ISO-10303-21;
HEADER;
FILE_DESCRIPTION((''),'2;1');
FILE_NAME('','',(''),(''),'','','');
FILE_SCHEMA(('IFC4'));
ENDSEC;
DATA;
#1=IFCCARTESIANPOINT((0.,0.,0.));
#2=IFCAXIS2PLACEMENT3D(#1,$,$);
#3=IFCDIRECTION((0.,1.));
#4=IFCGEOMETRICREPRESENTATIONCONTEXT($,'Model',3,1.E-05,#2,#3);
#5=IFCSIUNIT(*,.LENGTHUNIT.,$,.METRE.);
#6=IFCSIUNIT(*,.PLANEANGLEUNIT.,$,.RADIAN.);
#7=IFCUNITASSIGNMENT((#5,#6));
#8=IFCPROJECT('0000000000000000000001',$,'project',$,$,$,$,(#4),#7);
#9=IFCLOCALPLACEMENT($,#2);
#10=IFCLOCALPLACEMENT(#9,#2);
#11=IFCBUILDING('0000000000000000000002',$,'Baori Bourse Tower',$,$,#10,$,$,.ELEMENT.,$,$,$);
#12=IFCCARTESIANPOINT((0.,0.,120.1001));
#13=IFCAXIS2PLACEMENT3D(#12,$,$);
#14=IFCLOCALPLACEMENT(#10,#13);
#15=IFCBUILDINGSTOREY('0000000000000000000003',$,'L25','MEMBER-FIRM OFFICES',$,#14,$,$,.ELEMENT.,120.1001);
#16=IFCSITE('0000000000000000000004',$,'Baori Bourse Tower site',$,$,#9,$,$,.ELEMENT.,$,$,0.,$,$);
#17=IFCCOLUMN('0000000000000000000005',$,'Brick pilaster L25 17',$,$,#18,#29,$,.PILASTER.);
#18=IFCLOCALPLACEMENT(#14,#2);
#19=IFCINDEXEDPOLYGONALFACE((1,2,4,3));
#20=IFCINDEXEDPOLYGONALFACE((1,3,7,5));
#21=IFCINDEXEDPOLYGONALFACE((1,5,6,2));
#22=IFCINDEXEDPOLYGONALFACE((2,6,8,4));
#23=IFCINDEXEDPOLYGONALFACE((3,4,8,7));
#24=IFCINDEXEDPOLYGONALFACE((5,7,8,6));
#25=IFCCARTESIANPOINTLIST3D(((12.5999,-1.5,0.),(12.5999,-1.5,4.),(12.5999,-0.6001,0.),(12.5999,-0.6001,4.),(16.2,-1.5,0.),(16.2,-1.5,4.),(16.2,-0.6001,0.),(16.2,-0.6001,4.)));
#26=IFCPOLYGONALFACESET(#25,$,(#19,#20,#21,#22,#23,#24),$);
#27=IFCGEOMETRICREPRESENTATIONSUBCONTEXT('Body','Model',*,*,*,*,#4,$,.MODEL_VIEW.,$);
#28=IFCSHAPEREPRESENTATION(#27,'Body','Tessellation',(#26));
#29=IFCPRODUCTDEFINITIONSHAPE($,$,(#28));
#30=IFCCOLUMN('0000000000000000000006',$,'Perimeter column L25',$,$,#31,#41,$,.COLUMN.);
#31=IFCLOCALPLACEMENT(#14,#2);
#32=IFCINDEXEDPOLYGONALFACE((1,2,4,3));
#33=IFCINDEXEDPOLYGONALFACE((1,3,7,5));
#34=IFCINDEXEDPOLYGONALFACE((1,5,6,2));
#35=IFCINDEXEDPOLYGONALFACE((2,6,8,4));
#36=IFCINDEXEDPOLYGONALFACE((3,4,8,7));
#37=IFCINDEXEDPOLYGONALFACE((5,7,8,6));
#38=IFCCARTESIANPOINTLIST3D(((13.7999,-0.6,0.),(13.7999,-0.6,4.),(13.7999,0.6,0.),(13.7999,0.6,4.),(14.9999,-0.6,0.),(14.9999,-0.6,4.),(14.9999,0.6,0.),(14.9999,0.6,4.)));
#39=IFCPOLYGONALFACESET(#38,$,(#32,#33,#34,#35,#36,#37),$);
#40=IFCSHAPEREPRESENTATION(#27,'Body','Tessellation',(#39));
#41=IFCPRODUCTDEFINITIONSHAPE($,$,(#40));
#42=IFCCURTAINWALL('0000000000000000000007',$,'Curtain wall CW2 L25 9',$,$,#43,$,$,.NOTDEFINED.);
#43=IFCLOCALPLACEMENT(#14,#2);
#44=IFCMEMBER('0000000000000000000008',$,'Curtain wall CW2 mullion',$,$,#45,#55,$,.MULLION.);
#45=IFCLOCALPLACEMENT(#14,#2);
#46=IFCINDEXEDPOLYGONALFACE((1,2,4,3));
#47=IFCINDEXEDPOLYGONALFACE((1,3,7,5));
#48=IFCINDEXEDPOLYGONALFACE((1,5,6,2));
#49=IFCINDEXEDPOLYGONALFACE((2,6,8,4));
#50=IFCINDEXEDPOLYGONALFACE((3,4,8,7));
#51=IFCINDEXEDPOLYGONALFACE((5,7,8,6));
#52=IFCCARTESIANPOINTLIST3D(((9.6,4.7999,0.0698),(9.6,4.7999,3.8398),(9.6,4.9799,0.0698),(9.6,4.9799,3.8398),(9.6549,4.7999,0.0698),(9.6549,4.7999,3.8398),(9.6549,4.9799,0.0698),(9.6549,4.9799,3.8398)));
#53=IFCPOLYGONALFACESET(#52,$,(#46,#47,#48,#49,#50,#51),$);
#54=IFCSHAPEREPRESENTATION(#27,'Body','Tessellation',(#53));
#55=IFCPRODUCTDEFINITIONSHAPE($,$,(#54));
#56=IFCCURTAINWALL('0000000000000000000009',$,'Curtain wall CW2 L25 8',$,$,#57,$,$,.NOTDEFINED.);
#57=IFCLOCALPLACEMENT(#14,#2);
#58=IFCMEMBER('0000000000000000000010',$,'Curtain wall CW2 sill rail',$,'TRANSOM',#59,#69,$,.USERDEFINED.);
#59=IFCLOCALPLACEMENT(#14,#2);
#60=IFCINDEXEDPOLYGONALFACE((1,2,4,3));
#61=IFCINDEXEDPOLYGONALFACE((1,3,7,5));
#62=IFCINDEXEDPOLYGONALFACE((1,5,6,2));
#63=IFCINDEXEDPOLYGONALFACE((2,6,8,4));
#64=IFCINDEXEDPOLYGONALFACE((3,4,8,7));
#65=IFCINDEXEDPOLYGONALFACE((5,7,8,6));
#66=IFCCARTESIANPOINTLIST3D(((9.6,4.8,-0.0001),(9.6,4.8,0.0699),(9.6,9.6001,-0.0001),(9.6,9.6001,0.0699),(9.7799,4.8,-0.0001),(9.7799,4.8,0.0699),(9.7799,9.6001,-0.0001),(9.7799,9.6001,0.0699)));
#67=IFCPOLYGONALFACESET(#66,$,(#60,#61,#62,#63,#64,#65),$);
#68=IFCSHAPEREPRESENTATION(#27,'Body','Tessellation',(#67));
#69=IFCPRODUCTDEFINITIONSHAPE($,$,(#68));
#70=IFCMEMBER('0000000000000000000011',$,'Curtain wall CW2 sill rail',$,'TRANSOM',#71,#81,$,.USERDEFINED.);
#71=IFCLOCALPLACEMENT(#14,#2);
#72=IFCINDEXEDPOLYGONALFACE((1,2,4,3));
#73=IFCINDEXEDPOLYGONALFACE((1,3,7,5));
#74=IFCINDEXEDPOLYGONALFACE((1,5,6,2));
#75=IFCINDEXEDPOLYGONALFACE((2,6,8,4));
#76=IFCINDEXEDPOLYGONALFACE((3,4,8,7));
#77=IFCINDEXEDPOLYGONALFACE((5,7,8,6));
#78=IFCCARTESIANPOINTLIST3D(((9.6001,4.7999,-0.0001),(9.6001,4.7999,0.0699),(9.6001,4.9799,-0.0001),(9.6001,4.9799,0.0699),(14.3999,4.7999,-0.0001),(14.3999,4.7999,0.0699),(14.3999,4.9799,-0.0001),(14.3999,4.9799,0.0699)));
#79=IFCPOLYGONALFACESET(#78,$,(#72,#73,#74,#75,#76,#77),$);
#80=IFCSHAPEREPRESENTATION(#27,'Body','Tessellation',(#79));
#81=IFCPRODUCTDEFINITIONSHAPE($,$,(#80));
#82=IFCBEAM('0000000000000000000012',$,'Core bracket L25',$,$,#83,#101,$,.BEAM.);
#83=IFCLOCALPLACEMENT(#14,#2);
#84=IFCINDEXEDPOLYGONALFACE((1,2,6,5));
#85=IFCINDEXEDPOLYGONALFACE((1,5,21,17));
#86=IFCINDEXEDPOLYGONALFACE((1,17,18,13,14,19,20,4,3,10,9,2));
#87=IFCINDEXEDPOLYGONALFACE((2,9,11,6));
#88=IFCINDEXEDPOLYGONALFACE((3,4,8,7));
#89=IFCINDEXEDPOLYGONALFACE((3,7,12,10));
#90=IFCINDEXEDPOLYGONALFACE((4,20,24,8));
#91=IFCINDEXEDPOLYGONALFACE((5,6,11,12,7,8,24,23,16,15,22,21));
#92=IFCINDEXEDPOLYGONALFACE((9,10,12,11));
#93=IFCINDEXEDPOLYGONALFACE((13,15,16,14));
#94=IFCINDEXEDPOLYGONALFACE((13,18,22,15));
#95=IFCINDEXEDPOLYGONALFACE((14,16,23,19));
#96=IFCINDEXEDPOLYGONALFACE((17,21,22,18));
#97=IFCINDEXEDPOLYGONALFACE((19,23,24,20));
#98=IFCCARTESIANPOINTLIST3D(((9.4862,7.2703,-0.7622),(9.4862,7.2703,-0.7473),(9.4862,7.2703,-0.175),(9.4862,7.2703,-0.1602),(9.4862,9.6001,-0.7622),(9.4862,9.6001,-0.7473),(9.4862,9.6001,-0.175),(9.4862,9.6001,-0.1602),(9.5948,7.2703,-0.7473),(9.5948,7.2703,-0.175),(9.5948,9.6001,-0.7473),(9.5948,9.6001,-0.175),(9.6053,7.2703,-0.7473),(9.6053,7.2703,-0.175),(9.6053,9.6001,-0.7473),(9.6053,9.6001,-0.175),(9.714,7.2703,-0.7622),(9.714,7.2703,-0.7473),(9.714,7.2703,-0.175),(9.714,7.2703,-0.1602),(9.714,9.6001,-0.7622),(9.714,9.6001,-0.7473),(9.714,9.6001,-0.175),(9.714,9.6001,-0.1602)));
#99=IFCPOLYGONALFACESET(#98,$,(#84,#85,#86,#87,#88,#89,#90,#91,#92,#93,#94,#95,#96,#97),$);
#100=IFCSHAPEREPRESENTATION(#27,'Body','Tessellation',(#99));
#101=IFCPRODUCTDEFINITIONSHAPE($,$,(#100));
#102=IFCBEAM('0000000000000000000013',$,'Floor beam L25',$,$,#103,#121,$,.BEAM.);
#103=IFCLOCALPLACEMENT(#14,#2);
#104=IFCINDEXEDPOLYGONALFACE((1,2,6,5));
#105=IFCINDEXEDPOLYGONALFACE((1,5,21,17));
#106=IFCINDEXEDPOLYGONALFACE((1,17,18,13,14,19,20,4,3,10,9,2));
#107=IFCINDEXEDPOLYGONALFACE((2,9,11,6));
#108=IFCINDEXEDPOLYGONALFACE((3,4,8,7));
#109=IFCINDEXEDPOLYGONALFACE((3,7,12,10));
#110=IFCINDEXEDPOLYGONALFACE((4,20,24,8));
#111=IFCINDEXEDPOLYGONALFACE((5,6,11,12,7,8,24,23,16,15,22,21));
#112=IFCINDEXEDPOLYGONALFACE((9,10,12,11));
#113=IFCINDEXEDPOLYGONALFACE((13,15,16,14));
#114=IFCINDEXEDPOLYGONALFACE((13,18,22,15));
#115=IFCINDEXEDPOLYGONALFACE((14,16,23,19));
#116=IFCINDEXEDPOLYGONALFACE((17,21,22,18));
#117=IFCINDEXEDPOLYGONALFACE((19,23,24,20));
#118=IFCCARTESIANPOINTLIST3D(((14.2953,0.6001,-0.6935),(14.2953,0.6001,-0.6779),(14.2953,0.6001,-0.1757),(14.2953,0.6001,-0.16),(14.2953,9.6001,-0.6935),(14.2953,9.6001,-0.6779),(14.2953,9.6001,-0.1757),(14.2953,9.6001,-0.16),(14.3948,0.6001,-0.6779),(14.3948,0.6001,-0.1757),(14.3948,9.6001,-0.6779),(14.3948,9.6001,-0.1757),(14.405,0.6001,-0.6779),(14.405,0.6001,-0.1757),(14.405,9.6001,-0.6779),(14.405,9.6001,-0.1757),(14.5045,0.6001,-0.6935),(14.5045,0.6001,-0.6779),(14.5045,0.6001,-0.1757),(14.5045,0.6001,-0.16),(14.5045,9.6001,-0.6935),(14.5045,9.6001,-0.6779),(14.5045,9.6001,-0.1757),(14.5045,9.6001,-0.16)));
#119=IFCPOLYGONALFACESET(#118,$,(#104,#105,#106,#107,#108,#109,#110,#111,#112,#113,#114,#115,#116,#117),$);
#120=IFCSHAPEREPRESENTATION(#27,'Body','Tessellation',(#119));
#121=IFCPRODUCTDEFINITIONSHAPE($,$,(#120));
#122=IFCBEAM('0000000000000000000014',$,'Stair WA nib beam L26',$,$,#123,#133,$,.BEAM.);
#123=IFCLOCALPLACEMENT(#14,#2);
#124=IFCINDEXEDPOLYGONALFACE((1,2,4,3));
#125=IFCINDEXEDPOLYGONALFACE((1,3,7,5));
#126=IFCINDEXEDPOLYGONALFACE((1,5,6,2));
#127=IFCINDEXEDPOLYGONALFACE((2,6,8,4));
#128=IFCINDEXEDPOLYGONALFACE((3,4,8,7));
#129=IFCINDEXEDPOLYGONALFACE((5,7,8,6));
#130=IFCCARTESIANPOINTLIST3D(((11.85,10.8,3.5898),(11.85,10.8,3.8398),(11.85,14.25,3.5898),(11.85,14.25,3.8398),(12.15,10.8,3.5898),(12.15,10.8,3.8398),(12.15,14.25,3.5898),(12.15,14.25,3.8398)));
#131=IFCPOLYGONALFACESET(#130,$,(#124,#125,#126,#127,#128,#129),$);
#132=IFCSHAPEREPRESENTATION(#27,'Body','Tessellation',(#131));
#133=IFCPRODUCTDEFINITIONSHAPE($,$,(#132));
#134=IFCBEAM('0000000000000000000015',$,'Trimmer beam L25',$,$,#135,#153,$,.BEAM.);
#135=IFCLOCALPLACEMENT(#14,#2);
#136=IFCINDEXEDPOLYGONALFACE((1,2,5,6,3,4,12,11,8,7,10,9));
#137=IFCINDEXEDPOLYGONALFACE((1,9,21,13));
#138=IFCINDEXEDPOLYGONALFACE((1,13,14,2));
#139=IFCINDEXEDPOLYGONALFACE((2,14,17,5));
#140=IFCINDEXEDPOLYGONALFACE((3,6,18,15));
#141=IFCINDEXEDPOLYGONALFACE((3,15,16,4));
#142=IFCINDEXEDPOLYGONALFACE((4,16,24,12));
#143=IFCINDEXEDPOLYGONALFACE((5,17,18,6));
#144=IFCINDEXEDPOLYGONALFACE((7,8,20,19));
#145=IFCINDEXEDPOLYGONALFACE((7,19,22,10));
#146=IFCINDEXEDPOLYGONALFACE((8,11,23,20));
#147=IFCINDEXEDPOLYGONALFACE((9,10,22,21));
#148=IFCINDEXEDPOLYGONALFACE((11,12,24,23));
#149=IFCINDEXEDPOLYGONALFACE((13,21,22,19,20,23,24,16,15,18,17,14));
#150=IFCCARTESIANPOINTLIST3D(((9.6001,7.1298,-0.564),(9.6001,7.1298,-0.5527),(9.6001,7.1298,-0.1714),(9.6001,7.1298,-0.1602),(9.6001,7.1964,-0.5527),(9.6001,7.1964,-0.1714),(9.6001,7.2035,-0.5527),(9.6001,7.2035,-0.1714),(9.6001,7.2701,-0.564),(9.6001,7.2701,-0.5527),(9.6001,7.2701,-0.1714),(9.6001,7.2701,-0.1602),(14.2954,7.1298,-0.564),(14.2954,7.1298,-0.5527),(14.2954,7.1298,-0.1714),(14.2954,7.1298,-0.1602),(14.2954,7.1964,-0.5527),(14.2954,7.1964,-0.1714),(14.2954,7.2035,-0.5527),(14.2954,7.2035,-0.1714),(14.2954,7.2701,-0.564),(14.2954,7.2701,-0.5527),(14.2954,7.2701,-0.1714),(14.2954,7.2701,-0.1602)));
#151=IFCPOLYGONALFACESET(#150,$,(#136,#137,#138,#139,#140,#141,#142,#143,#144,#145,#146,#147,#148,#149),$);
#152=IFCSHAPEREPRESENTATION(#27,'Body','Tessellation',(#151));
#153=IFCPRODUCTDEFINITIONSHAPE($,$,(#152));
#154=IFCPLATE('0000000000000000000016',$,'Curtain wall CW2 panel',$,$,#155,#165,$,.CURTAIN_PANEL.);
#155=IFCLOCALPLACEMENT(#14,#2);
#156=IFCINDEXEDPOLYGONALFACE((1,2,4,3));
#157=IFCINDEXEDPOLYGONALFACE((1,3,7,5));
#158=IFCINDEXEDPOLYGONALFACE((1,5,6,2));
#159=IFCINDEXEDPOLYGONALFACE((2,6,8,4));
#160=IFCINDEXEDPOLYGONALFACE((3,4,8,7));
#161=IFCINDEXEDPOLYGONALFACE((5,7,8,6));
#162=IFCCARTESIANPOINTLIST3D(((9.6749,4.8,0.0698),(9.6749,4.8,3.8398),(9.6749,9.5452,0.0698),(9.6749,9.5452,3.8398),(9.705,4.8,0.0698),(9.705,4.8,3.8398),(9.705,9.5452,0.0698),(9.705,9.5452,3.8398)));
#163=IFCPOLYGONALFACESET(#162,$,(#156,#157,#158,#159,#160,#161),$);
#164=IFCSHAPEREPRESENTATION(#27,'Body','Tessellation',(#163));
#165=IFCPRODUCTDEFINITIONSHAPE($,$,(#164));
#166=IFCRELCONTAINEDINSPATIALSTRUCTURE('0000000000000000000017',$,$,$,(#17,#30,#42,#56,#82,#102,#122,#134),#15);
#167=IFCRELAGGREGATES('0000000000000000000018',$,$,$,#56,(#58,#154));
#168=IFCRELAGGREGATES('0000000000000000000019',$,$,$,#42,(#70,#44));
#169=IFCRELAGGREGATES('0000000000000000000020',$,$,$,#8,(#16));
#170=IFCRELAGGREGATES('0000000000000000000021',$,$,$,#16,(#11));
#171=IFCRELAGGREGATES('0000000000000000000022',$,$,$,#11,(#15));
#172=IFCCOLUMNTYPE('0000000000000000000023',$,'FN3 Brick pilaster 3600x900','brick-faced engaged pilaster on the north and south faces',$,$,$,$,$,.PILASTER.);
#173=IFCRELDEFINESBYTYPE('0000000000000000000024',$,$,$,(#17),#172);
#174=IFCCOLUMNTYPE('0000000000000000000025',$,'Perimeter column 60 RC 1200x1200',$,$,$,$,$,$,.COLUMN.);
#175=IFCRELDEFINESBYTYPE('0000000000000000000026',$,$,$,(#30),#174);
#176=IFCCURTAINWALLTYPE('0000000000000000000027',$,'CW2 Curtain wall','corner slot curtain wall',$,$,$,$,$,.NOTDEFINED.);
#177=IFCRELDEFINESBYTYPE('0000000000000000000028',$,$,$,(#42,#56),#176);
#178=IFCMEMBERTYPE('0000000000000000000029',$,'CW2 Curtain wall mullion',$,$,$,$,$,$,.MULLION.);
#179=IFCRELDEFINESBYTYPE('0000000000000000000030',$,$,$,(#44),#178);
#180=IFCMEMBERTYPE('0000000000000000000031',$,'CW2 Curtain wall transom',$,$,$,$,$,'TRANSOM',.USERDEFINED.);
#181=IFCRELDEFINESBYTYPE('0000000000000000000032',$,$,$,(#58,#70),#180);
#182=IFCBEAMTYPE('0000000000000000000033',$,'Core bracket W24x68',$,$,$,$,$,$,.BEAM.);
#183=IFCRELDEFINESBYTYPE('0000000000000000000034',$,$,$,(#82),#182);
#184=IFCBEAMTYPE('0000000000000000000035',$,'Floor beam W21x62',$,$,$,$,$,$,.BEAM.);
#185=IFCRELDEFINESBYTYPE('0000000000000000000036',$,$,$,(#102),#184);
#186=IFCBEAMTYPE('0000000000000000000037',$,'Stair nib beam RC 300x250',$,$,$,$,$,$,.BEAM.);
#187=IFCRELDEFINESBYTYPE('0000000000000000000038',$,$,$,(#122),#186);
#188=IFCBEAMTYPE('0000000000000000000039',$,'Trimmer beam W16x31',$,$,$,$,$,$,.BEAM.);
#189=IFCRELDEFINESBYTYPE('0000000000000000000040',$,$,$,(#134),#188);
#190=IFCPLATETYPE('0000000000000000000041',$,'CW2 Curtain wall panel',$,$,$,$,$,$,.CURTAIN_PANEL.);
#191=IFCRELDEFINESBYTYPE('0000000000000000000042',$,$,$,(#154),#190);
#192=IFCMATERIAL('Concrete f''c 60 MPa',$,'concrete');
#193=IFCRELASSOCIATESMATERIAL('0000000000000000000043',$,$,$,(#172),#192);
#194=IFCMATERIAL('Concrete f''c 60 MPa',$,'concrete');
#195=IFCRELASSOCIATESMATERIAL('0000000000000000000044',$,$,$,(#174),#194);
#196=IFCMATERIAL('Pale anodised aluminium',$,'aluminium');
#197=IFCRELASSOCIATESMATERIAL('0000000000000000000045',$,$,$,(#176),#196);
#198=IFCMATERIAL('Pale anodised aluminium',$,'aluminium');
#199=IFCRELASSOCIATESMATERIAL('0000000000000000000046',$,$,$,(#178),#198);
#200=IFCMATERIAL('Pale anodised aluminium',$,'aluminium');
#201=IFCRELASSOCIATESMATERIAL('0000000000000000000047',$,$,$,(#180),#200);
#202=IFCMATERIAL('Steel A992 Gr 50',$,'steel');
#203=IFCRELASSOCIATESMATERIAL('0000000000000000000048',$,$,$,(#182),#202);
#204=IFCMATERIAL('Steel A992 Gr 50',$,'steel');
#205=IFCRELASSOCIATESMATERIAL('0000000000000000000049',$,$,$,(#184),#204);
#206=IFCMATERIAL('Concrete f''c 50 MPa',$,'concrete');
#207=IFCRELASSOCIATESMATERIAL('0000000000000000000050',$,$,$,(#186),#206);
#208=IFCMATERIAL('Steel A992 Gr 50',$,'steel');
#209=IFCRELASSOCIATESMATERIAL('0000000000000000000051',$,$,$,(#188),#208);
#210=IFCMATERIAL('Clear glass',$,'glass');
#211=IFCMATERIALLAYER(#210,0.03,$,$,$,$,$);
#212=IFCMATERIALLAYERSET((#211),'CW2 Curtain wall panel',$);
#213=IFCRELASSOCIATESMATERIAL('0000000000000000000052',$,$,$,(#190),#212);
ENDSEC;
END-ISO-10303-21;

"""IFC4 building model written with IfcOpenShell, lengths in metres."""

from ifc_helpers import new_model, si_unit, direction, frame, origin, origin_2d, place, context, subcontext, project, spatial, rectangle, i_section, extrude, material, layer, layer_set, material_profile, profile_set, type_object, element, aggregate, save


model = new_model("IFC4")

# Units and contexts
model_context = context("Model", 3, precision=1e-05, world=origin(), true_north=direction((0.0, 1.0)))
body_context = subcontext(model_context, "Body", "Model", "MODEL_VIEW")
ifc_project = project(units=[si_unit("LENGTHUNIT", "METRE"), si_unit("PLANEANGLEUNIT", "RADIAN")], contexts=[model_context])

# Site, building, storey
site_placement = place(None, origin())
site = spatial("IfcSite", under=ifc_project, at=site_placement, Name="Baori Bourse Tower site", CompositionType="ELEMENT", RefElevation=0.0)
building_placement = place(site_placement, origin())
building = spatial("IfcBuilding", under=site, at=building_placement, Name="Baori Bourse Tower", CompositionType="ELEMENT")
storey_placement = place(building_placement, frame((0.0, 0.0, 120.1001)))
storey = spatial("IfcBuildingStorey", under=building, at=storey_placement, Name="L25", Description="MEMBER-FIRM OFFICES", CompositionType="ELEMENT", Elevation=120.1001)

# Columns
ifc_material_1 = material(Name="Concrete f'c 60 MPa", Category="concrete")
ifc_material_profile_1 = material_profile(ifc_material_1, rectangle(XDim=3.6001, YDim=0.8999, at=origin_2d()), Name="RC 3600x900")
ifc_profile_set_1 = profile_set([ifc_material_profile_1], Name="Concrete f'c 60 MPa")
column_type_1 = type_object("IfcColumnType", Name="FN3 Brick pilaster 3600x900", Description="brick-faced engaged pilaster on the north and south faces", PredefinedType="PILASTER", material=ifc_profile_set_1)
column_1_placement = place(storey_placement, frame((14.3999, -1.05, 0.0), z_axis=(0.0, 0.0, 1.0), x_axis=(1.0, 0.0, 0.0)))
element("IfcColumn", 1, at=column_1_placement, inside=storey, type_object=column_type_1, Name="Brick pilaster L25 17", PredefinedType="PILASTER", context=body_context, shape_type="SweptSolid", body=[
    extrude(rectangle(XDim=3.6001, YDim=0.8999, at=origin_2d()), origin(), (0.0, 0.0, 1.0), 4.0),
])
ifc_material_2 = material(Name="Concrete f'c 60 MPa", Category="concrete")
ifc_material_profile_2 = material_profile(ifc_material_2, rectangle(XDim=1.2, YDim=1.2, at=origin_2d()), Name="RC 1200x1200")
ifc_profile_set_2 = profile_set([ifc_material_profile_2], Name="Concrete f'c 60 MPa")
column_type_2 = type_object("IfcColumnType", Name="Perimeter column 60 RC 1200x1200", PredefinedType="COLUMN", material=ifc_profile_set_2)
column_2_placement = place(storey_placement, frame((14.3999, 0.0, 0.0), z_axis=(0.0, 0.0, 1.0), x_axis=(1.0, 0.0, 0.0)))
element("IfcColumn", 2, at=column_2_placement, inside=storey, type_object=column_type_2, Name="Perimeter column L25", PredefinedType="COLUMN", context=body_context, shape_type="SweptSolid", body=[
    extrude(rectangle(XDim=1.2, YDim=1.2, at=origin_2d()), origin(), (0.0, 0.0, 1.0), 4.0),
])

# Curtain walls, members
ifc_material_3 = material(Name="Pale anodised aluminium", Category="aluminium")
curtain_wall_type = type_object("IfcCurtainWallType", Name="CW2 Curtain wall", Description="corner slot curtain wall", PredefinedType="NOTDEFINED", material=ifc_material_3)
curtain_wall_1_placement = place(storey_placement, origin())
curtain_wall_1 = element("IfcCurtainWall", 3, at=curtain_wall_1_placement, inside=storey, type_object=curtain_wall_type, Name="Curtain wall CW2 L25 9", PredefinedType="NOTDEFINED")
ifc_material_4 = material(Name="Pale anodised aluminium", Category="aluminium")
ifc_material_profile_3 = material_profile(ifc_material_4, rectangle(XDim=0.1799, YDim=0.0549, at=origin_2d()), Name="Mullion 55x180")
ifc_profile_set_3 = profile_set([ifc_material_profile_3], Name="Pale anodised aluminium")
member_type_1 = type_object("IfcMemberType", Name="CW2 Curtain wall mullion", PredefinedType="MULLION", material=ifc_profile_set_3)
member_1_placement = place(storey_placement, frame((9.6274, 4.8899, 0.0698), z_axis=(0.0, 0.0, 1.0), x_axis=(0.0, 1.0, 0.0)))
member_1 = element("IfcMember", 4, at=member_1_placement, type_object=member_type_1, Name="Curtain wall CW2 mullion", PredefinedType="MULLION", context=body_context, shape_type="SweptSolid", body=[
    extrude(rectangle(XDim=0.1799, YDim=0.0549, at=origin_2d()), origin(), (0.0, 0.0, 1.0), 3.77),
])
curtain_wall_2_placement = place(storey_placement, origin())
curtain_wall_2 = element("IfcCurtainWall", 5, at=curtain_wall_2_placement, inside=storey, type_object=curtain_wall_type, Name="Curtain wall CW2 L25 8", PredefinedType="NOTDEFINED")
ifc_material_5 = material(Name="Pale anodised aluminium", Category="aluminium")
ifc_material_profile_4 = material_profile(ifc_material_5, rectangle(XDim=0.1799, YDim=0.0701, at=origin_2d()), Name="Transom 70x180")
ifc_profile_set_4 = profile_set([ifc_material_profile_4], Name="Pale anodised aluminium")
member_type_2 = type_object("IfcMemberType", Name="CW2 Curtain wall transom", ElementType="TRANSOM", PredefinedType="USERDEFINED", material=ifc_profile_set_4)
member_2_placement = place(storey_placement, frame((9.6899, 9.6001, 0.0349), z_axis=(0.0, -1.0, 0.0), x_axis=(1.0, 0.0, 0.0)))
member_2 = element("IfcMember", 6, at=member_2_placement, type_object=member_type_2, Name="Curtain wall CW2 sill rail", ObjectType="TRANSOM", PredefinedType="USERDEFINED", context=body_context, shape_type="SweptSolid", body=[
    extrude(rectangle(XDim=0.1799, YDim=0.0701, at=origin_2d()), origin(), (0.0, 0.0, 1.0), 4.8),
])

# Member
member_3_placement = place(storey_placement, frame((9.6001, 4.8899, 0.0349), z_axis=(1.0, 0.0, 0.0), x_axis=(0.0, 1.0, 0.0)))
member_3 = element("IfcMember", 7, at=member_3_placement, type_object=member_type_2, Name="Curtain wall CW2 sill rail", ObjectType="TRANSOM", PredefinedType="USERDEFINED", context=body_context, shape_type="SweptSolid", body=[
    extrude(rectangle(XDim=0.1799, YDim=0.0701, at=origin_2d()), origin(), (0.0, 0.0, 1.0), 4.7998),
])

# Beams
ifc_material_6 = material(Name="Steel A992 Gr 50", Category="steel")
ifc_material_profile_5 = material_profile(ifc_material_6, i_section(OverallWidth=0.2278, OverallDepth=0.6021, WebThickness=0.0105, FlangeThickness=0.0149, at=origin_2d()), Name="W24x68")
ifc_profile_set_5 = profile_set([ifc_material_profile_5], Name="Steel A992 Gr 50")
beam_type_1 = type_object("IfcBeamType", Name="Core bracket W24x68", PredefinedType="BEAM", material=ifc_profile_set_5)
beam_1_placement = place(storey_placement, frame((9.6001, 7.2703, -0.4612), z_axis=(0.0, 1.0, 0.0), x_axis=(-1.0, 0.0, 0.0)))
element("IfcBeam", 8, at=beam_1_placement, inside=storey, type_object=beam_type_1, Name="Core bracket L25", PredefinedType="BEAM", context=body_context, shape_type="SweptSolid", body=[
    extrude(i_section(OverallWidth=0.2278, OverallDepth=0.6021, WebThickness=0.0105, FlangeThickness=0.0149, at=origin_2d()), origin(), (0.0, 0.0, 1.0), 2.3298),
])
ifc_material_7 = material(Name="Steel A992 Gr 50", Category="steel")
ifc_material_profile_6 = material_profile(ifc_material_7, i_section(OverallWidth=0.2092, OverallDepth=0.5334, WebThickness=0.0103, FlangeThickness=0.0156, at=origin_2d()), Name="W21x62")
ifc_profile_set_6 = profile_set([ifc_material_profile_6], Name="Steel A992 Gr 50")
beam_type_2 = type_object("IfcBeamType", Name="Floor beam W21x62", PredefinedType="BEAM", material=ifc_profile_set_6)
beam_2_placement = place(storey_placement, frame((14.3999, 0.6001, -0.4268), z_axis=(0.0, 1.0, 0.0), x_axis=(-1.0, 0.0, 0.0)))
element("IfcBeam", 9, at=beam_2_placement, inside=storey, type_object=beam_type_2, Name="Floor beam L25", PredefinedType="BEAM", context=body_context, shape_type="SweptSolid", body=[
    extrude(i_section(OverallWidth=0.2092, OverallDepth=0.5334, WebThickness=0.0103, FlangeThickness=0.0156, at=origin_2d()), origin(), (0.0, 0.0, 1.0), 9.0),
])
ifc_material_8 = material(Name="Concrete f'c 50 MPa", Category="concrete")
ifc_material_profile_7 = material_profile(ifc_material_8, rectangle(XDim=0.3, YDim=0.25, at=origin_2d()), Name="RC 300x250")
ifc_profile_set_7 = profile_set([ifc_material_profile_7], Name="Concrete f'c 50 MPa")
beam_type_3 = type_object("IfcBeamType", Name="Stair nib beam RC 300x250", PredefinedType="BEAM", material=ifc_profile_set_7)
beam_3_placement = place(storey_placement, frame((12.0, 10.8, 3.7148), z_axis=(0.0, 1.0, 0.0), x_axis=(-1.0, 0.0, 0.0)))
element("IfcBeam", 10, at=beam_3_placement, inside=storey, type_object=beam_type_3, Name="Stair WA nib beam L26", PredefinedType="BEAM", context=body_context, shape_type="SweptSolid", body=[
    extrude(rectangle(XDim=0.3, YDim=0.25, at=origin_2d()), origin(), (0.0, 0.0, 1.0), 3.45),
])
ifc_material_9 = material(Name="Steel A992 Gr 50", Category="steel")
ifc_material_profile_8 = material_profile(ifc_material_9, i_section(OverallWidth=0.1404, OverallDepth=0.4038, WebThickness=0.0071, FlangeThickness=0.0112, at=origin_2d()), Name="W16x31")
ifc_profile_set_8 = profile_set([ifc_material_profile_8], Name="Steel A992 Gr 50")
beam_type_4 = type_object("IfcBeamType", Name="Trimmer beam W16x31", PredefinedType="BEAM", material=ifc_profile_set_8)
beam_4_placement = place(storey_placement, frame((9.6001, 7.2, -0.3621), z_axis=(1.0, 0.0, 0.0), x_axis=(0.0, 1.0, 0.0)))
element("IfcBeam", 11, at=beam_4_placement, inside=storey, type_object=beam_type_4, Name="Trimmer beam L25", PredefinedType="BEAM", context=body_context, shape_type="SweptSolid", body=[
    extrude(i_section(OverallWidth=0.1404, OverallDepth=0.4038, WebThickness=0.0071, FlangeThickness=0.0112, at=origin_2d()), origin(), (0.0, 0.0, 1.0), 4.6953),
])

# Plate
ifc_material_10 = material(Name="Clear glass", Category="glass")
ifc_layer_1 = layer(ifc_material_10, 0.03)
ifc_layer_set_1 = layer_set([ifc_layer_1], Name="CW2 Curtain wall panel")
plate_type = type_object("IfcPlateType", Name="CW2 Curtain wall panel", PredefinedType="CURTAIN_PANEL", material=ifc_layer_set_1)
plate_1_placement = place(storey_placement, frame((9.6899, 7.1726, 0.0698), z_axis=(0.0, 0.0, 1.0), x_axis=(0.0, -1.0, 0.0)))
plate_1 = element("IfcPlate", 12, at=plate_1_placement, type_object=plate_type, Name="Curtain wall CW2 panel", PredefinedType="CURTAIN_PANEL", context=body_context, shape_type="SweptSolid", body=[
    extrude(rectangle(XDim=4.7451, YDim=0.03, at=origin_2d()), origin(), (0.0, 0.0, 1.0), 3.77),
])
aggregate(curtain_wall_2, [member_2, plate_1])
aggregate(curtain_wall_1, [member_3, member_1])

save(model, "model.ifc")
